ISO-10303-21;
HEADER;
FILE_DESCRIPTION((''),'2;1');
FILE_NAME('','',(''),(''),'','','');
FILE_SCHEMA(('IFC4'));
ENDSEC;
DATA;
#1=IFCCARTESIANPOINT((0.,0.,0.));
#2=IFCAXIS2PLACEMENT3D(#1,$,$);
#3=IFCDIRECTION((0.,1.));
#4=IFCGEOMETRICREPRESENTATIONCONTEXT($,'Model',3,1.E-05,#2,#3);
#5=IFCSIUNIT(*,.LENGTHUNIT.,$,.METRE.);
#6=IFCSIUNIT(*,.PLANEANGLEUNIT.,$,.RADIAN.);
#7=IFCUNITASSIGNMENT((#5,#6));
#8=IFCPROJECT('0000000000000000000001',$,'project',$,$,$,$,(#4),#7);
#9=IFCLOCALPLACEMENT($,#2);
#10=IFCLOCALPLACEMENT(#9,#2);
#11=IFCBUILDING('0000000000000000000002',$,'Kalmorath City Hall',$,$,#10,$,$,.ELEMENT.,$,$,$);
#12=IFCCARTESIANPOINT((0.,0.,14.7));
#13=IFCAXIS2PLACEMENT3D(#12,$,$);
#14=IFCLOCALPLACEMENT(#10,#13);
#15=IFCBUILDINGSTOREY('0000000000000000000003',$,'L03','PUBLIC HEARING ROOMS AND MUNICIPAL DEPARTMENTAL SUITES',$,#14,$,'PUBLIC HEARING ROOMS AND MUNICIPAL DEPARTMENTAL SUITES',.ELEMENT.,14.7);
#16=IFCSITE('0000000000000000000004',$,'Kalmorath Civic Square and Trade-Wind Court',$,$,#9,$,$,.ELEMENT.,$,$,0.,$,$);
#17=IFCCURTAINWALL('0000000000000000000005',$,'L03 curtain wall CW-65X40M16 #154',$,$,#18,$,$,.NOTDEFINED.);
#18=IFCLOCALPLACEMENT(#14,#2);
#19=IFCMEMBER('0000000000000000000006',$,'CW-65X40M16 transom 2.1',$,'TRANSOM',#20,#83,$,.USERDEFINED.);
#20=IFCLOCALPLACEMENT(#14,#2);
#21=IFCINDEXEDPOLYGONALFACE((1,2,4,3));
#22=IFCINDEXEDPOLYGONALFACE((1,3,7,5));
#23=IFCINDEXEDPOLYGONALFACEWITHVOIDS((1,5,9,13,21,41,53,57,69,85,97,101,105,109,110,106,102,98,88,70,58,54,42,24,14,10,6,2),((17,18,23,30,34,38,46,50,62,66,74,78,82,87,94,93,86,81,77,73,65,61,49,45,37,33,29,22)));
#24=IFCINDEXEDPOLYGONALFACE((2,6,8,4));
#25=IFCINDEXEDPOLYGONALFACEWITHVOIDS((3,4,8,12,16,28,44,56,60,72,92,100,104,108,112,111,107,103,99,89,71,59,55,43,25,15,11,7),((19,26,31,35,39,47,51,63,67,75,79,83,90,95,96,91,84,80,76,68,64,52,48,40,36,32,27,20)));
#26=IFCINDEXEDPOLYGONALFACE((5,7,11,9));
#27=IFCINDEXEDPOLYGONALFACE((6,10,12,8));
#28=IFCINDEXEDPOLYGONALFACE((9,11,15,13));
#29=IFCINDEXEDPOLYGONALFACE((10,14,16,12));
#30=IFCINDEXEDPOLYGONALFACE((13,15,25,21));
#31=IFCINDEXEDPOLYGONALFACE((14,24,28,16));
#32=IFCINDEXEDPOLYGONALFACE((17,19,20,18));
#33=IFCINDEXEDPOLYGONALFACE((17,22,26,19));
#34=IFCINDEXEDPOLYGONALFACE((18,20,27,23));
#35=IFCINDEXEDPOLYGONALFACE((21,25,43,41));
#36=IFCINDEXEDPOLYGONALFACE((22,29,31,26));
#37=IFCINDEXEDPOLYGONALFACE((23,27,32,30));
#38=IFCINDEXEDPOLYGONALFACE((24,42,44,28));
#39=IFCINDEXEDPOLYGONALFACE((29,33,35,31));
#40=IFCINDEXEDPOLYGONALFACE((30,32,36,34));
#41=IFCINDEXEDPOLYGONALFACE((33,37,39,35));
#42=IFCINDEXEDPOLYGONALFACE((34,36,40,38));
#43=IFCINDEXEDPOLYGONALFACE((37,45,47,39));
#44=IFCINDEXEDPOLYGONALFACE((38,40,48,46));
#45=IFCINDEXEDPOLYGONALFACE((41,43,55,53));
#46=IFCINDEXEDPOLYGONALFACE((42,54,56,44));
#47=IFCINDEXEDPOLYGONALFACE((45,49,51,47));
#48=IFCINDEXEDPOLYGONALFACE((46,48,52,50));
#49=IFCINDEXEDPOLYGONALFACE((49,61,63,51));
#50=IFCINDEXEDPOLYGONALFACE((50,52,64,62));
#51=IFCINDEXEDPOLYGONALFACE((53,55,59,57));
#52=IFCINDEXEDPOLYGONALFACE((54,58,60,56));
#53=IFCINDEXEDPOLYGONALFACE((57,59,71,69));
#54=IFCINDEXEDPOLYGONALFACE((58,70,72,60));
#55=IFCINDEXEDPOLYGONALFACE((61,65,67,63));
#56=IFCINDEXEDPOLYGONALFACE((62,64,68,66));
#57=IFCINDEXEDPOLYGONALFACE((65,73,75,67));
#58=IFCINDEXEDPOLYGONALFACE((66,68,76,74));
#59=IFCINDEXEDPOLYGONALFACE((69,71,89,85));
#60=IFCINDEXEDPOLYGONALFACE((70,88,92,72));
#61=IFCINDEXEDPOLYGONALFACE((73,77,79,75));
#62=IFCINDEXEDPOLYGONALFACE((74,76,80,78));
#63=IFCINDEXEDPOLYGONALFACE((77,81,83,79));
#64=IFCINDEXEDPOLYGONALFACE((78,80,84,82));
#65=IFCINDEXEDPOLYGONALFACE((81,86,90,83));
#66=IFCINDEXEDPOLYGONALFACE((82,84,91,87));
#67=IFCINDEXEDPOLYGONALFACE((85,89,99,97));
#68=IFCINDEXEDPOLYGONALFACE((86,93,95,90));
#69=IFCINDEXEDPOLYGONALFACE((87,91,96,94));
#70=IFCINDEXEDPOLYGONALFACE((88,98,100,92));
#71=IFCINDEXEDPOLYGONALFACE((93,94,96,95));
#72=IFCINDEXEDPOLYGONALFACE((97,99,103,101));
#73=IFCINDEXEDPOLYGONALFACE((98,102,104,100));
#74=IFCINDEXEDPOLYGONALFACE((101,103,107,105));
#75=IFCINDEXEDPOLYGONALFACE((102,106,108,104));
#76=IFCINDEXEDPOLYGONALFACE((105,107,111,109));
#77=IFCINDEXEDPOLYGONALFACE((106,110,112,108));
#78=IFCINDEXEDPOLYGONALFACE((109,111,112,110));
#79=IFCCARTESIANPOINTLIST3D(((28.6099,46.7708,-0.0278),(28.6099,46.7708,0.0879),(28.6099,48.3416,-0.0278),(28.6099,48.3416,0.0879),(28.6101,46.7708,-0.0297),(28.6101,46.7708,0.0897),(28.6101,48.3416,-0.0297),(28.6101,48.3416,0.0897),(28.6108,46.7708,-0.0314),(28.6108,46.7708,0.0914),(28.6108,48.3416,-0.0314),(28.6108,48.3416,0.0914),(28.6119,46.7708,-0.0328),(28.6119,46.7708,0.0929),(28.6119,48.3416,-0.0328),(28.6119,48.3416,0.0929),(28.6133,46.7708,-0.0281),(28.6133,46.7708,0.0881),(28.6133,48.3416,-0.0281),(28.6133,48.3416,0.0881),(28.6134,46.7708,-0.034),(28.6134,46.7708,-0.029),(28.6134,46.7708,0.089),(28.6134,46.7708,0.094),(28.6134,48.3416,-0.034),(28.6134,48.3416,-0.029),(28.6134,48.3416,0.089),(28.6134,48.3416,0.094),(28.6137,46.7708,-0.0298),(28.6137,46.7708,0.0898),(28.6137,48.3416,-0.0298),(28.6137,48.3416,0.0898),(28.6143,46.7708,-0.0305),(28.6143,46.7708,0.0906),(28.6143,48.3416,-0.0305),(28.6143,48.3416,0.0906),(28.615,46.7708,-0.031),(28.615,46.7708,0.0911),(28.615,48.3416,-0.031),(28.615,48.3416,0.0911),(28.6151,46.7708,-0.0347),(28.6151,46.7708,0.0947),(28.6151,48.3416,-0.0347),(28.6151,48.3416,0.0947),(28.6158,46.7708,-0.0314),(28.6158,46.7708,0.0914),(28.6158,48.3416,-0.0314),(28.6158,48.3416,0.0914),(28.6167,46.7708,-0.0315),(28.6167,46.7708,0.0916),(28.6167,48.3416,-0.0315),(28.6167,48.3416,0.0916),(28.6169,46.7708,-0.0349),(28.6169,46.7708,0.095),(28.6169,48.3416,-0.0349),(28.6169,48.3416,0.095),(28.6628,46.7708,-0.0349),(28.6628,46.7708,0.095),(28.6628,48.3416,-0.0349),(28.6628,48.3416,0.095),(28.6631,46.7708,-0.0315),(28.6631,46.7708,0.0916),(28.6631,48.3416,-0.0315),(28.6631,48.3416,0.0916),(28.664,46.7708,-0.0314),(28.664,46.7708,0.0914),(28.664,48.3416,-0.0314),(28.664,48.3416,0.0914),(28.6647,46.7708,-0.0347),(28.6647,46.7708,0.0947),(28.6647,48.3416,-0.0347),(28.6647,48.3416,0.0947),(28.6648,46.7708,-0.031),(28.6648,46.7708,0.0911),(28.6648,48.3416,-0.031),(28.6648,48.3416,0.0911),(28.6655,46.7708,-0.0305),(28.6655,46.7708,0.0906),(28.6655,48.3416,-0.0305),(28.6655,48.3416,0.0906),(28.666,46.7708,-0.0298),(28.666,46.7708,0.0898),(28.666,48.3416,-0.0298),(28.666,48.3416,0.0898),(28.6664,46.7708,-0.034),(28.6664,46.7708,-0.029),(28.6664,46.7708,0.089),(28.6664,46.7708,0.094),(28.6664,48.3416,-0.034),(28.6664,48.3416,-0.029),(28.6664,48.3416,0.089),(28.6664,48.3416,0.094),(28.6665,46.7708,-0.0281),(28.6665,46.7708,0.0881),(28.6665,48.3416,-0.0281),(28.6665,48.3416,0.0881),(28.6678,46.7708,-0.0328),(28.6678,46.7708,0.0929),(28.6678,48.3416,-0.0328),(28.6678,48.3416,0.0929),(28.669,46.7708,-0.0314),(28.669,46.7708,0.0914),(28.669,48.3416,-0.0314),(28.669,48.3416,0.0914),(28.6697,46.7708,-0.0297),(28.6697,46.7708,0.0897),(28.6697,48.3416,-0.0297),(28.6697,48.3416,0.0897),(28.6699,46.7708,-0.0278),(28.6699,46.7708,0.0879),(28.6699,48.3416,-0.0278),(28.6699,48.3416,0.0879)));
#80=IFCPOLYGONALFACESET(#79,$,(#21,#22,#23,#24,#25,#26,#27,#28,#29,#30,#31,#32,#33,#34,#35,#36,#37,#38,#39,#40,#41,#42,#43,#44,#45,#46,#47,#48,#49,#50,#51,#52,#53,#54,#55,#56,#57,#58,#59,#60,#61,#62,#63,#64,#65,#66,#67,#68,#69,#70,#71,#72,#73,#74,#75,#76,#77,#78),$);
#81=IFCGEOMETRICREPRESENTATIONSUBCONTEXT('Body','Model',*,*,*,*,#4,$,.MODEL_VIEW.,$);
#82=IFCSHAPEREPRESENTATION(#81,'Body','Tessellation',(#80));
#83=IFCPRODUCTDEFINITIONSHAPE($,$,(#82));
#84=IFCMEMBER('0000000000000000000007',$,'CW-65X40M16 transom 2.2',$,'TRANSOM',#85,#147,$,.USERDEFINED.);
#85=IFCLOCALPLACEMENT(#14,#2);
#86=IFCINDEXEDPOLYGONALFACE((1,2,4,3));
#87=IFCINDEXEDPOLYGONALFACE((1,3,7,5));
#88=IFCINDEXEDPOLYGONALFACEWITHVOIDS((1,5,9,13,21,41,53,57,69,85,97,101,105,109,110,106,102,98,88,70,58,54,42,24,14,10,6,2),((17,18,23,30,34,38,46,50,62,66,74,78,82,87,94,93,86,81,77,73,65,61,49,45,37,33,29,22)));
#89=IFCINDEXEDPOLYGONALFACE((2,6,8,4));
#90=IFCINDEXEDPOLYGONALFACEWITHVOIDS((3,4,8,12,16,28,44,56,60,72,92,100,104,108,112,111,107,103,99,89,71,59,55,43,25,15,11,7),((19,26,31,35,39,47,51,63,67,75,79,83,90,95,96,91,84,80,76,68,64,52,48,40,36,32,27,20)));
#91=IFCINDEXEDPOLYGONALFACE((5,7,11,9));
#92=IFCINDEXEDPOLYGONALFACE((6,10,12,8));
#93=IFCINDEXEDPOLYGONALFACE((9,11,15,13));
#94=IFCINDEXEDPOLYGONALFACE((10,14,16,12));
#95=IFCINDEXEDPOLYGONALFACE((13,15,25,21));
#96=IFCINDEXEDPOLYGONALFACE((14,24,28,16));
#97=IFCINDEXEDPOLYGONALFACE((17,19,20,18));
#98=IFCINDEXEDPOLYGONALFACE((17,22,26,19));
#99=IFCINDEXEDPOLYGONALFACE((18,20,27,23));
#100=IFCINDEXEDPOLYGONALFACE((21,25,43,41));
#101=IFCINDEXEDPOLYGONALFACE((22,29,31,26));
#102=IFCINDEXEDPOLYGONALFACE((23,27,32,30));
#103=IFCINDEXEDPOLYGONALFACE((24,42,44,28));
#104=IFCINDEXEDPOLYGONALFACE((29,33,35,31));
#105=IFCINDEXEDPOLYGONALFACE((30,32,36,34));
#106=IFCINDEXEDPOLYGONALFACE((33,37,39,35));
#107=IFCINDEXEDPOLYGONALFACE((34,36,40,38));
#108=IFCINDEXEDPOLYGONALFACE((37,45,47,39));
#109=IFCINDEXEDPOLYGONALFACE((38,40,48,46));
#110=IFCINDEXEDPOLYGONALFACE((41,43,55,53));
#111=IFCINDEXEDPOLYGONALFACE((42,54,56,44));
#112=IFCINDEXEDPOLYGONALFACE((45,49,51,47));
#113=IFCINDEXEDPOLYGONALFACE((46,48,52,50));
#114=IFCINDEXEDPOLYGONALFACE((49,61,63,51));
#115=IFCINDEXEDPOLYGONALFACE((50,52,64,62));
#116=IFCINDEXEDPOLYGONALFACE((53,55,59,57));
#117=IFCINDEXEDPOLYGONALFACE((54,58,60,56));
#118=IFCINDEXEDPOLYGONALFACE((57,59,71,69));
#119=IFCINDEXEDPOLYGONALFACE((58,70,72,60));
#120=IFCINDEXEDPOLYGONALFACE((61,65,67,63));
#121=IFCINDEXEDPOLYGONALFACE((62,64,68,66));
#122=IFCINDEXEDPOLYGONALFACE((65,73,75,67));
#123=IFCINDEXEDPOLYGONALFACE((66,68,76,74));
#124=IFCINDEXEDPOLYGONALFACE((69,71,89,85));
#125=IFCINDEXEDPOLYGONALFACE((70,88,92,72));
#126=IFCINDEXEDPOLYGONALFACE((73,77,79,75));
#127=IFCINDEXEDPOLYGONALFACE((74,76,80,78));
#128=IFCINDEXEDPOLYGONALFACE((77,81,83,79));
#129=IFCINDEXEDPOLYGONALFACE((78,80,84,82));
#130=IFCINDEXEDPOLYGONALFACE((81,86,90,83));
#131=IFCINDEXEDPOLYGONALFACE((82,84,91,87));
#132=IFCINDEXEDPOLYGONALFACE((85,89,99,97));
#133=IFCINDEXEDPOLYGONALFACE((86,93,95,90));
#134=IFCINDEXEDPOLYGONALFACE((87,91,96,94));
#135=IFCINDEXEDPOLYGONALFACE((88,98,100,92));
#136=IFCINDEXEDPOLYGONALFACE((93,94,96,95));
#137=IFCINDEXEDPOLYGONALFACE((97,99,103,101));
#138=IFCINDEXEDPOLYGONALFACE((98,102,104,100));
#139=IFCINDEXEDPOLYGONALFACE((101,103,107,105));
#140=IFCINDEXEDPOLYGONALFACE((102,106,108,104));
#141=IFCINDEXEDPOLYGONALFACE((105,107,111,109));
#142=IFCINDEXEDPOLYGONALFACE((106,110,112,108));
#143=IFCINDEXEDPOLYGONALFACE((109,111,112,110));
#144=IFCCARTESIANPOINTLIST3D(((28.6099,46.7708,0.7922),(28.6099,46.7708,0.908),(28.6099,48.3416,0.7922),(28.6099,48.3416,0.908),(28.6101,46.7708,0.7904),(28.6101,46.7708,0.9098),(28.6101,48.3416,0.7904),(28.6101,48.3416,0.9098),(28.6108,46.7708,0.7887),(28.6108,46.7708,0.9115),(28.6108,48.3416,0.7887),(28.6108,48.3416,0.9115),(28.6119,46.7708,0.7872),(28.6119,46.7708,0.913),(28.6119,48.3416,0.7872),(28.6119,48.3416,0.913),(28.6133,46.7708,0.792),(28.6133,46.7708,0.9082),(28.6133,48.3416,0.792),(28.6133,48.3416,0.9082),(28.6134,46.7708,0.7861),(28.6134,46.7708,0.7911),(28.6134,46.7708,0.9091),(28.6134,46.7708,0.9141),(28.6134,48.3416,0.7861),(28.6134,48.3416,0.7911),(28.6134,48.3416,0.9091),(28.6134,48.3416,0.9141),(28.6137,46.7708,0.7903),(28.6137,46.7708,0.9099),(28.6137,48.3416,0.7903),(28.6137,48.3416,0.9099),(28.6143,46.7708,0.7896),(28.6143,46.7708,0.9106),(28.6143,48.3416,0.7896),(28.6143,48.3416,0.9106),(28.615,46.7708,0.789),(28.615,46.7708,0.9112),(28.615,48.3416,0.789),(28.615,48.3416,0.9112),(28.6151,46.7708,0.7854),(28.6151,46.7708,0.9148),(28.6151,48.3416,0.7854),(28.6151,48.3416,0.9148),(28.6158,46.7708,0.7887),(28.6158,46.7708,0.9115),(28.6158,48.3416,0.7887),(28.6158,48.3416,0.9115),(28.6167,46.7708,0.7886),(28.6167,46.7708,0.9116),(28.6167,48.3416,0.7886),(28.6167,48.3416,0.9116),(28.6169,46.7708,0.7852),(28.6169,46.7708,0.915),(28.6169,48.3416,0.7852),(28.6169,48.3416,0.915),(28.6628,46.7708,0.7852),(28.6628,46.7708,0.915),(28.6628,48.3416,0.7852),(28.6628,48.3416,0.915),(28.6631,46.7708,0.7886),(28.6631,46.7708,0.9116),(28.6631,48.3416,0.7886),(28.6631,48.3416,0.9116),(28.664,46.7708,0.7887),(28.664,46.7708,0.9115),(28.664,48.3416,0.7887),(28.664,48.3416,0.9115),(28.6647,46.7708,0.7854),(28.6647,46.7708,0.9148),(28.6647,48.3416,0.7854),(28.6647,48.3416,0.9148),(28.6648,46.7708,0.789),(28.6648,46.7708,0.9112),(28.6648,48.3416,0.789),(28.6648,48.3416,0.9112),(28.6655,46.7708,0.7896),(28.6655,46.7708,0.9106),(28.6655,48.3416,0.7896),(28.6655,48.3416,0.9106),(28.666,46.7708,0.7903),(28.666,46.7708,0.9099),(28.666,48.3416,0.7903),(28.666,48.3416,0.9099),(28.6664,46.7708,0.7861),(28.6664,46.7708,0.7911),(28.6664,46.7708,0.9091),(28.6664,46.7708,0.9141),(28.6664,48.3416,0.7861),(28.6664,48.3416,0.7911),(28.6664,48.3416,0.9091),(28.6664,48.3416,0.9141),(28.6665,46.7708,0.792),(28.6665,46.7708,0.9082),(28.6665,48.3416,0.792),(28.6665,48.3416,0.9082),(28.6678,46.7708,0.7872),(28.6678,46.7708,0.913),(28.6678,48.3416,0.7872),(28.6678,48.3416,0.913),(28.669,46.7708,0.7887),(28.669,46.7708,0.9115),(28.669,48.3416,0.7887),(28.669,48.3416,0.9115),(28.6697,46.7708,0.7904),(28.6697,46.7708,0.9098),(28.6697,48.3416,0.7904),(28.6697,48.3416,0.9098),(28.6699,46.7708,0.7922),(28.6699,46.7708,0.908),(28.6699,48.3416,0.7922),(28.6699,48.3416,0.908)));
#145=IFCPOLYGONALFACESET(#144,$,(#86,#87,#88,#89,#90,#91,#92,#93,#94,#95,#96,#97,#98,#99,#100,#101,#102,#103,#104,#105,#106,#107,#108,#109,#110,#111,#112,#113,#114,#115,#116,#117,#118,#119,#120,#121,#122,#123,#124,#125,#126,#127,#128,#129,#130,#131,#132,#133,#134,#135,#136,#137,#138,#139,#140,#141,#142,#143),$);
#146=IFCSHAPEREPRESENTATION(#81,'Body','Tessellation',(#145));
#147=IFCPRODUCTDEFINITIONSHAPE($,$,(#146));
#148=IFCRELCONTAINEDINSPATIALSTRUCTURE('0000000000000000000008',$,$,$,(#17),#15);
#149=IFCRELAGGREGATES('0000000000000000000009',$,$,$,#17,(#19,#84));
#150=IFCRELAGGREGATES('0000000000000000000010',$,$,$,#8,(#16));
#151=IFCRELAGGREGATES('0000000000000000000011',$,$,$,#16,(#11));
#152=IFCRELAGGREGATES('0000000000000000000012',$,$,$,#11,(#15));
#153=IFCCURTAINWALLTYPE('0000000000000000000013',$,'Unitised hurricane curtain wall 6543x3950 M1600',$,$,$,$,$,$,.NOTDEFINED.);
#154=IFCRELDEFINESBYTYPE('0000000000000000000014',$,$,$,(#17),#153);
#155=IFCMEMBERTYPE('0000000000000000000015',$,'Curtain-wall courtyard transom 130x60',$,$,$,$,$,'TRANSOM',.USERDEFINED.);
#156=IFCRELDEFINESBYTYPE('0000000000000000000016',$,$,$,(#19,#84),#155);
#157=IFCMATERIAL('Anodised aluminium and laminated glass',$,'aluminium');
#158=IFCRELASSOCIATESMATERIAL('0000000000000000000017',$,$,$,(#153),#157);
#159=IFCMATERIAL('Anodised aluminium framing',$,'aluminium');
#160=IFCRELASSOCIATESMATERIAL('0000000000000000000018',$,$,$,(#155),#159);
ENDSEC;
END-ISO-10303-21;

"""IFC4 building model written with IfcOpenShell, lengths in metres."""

from ifc_helpers import new_model, si_unit, direction, frame, origin, origin_2d, place, context, subcontext, project, spatial, hollow_rectangle, extrude, material, material_profile, profile_set, type_object, element, aggregate, save


model = new_model("IFC4")

# Units and contexts
model_context = context("Model", 3, precision=1e-05, world=origin(), true_north=direction((0.0, 1.0)))
body_context = subcontext(model_context, "Body", "Model", "MODEL_VIEW")
ifc_project = project(units=[si_unit("LENGTHUNIT", "METRE"), si_unit("PLANEANGLEUNIT", "RADIAN")], contexts=[model_context])

# Site, building, storey
site_placement = place(None, origin())
site = spatial("IfcSite", under=ifc_project, at=site_placement, Name="Kalmorath Civic Square and Trade-Wind Court", CompositionType="ELEMENT", RefElevation=0.0)
building_placement = place(site_placement, origin())
building = spatial("IfcBuilding", under=site, at=building_placement, Name="Kalmorath City Hall", CompositionType="ELEMENT")
storey_placement = place(building_placement, frame((0.0, 0.0, 14.7)))
storey = spatial("IfcBuildingStorey", under=building, at=storey_placement, Name="L03", Description="PUBLIC HEARING ROOMS AND MUNICIPAL DEPARTMENTAL SUITES", LongName="PUBLIC HEARING ROOMS AND MUNICIPAL DEPARTMENTAL SUITES", CompositionType="ELEMENT", Elevation=14.7)

# Curtain wall, members
ifc_material_1 = material(Name="Anodised aluminium and laminated glass", Category="aluminium")
curtain_wall_type = type_object("IfcCurtainWallType", Name="Unitised hurricane curtain wall 6543x3950 M1600", PredefinedType="NOTDEFINED", material=ifc_material_1)
curtain_wall_placement = place(storey_placement, origin())
curtain_wall = element("IfcCurtainWall", 1, at=curtain_wall_placement, inside=storey, type_object=curtain_wall_type, Name="L03 curtain wall CW-65X40M16 #154", PredefinedType="NOTDEFINED")
ifc_material_2 = material(Name="Anodised aluminium framing", Category="aluminium")
ifc_material_profile_1 = material_profile(ifc_material_2, hollow_rectangle(XDim=0.0601, YDim=0.1299, WallThickness=0.0034, InnerFilletRadius=0.0034, OuterFilletRadius=0.0071, at=origin_2d()), Name="ALU-TRN-130X60X3.5")
ifc_profile_set_1 = profile_set([ifc_material_profile_1], Name="Anodised aluminium framing")
member_type_1 = type_object("IfcMemberType", Name="Curtain-wall courtyard transom 130x60", ElementType="TRANSOM", PredefinedType="USERDEFINED", material=ifc_profile_set_1)
member_1_placement = place(storey_placement, frame((28.6399, 48.3416, 0.03), z_axis=(0.0, -1.0, 0.0), x_axis=(1.0, 0.0, 0.0)))
member_1 = element("IfcMember", 2, at=member_1_placement, type_object=member_type_1, Name="CW-65X40M16 transom 2.1", ObjectType="TRANSOM", PredefinedType="USERDEFINED", context=body_context, shape_type="SweptSolid", body=[
    extrude(hollow_rectangle(XDim=0.0601, YDim=0.1299, WallThickness=0.0034, InnerFilletRadius=0.0034, OuterFilletRadius=0.0071, at=origin_2d()), origin(), (0.0, 0.0, 1.0), 1.5708),
])
member_2_placement = place(storey_placement, frame((28.6399, 48.3416, 0.8501), z_axis=(0.0, -1.0, 0.0), x_axis=(1.0, 0.0, 0.0)))
member_2 = element("IfcMember", 3, at=member_2_placement, type_object=member_type_1, Name="CW-65X40M16 transom 2.2", ObjectType="TRANSOM", PredefinedType="USERDEFINED", context=body_context, shape_type="SweptSolid", body=[
    extrude(hollow_rectangle(XDim=0.0601, YDim=0.1299, WallThickness=0.0034, InnerFilletRadius=0.0034, OuterFilletRadius=0.0071, at=origin_2d()), origin(), (0.0, 0.0, 1.0), 1.5708),
])

aggregate(curtain_wall, [member_1, member_2])

save(model, "model.ifc")
